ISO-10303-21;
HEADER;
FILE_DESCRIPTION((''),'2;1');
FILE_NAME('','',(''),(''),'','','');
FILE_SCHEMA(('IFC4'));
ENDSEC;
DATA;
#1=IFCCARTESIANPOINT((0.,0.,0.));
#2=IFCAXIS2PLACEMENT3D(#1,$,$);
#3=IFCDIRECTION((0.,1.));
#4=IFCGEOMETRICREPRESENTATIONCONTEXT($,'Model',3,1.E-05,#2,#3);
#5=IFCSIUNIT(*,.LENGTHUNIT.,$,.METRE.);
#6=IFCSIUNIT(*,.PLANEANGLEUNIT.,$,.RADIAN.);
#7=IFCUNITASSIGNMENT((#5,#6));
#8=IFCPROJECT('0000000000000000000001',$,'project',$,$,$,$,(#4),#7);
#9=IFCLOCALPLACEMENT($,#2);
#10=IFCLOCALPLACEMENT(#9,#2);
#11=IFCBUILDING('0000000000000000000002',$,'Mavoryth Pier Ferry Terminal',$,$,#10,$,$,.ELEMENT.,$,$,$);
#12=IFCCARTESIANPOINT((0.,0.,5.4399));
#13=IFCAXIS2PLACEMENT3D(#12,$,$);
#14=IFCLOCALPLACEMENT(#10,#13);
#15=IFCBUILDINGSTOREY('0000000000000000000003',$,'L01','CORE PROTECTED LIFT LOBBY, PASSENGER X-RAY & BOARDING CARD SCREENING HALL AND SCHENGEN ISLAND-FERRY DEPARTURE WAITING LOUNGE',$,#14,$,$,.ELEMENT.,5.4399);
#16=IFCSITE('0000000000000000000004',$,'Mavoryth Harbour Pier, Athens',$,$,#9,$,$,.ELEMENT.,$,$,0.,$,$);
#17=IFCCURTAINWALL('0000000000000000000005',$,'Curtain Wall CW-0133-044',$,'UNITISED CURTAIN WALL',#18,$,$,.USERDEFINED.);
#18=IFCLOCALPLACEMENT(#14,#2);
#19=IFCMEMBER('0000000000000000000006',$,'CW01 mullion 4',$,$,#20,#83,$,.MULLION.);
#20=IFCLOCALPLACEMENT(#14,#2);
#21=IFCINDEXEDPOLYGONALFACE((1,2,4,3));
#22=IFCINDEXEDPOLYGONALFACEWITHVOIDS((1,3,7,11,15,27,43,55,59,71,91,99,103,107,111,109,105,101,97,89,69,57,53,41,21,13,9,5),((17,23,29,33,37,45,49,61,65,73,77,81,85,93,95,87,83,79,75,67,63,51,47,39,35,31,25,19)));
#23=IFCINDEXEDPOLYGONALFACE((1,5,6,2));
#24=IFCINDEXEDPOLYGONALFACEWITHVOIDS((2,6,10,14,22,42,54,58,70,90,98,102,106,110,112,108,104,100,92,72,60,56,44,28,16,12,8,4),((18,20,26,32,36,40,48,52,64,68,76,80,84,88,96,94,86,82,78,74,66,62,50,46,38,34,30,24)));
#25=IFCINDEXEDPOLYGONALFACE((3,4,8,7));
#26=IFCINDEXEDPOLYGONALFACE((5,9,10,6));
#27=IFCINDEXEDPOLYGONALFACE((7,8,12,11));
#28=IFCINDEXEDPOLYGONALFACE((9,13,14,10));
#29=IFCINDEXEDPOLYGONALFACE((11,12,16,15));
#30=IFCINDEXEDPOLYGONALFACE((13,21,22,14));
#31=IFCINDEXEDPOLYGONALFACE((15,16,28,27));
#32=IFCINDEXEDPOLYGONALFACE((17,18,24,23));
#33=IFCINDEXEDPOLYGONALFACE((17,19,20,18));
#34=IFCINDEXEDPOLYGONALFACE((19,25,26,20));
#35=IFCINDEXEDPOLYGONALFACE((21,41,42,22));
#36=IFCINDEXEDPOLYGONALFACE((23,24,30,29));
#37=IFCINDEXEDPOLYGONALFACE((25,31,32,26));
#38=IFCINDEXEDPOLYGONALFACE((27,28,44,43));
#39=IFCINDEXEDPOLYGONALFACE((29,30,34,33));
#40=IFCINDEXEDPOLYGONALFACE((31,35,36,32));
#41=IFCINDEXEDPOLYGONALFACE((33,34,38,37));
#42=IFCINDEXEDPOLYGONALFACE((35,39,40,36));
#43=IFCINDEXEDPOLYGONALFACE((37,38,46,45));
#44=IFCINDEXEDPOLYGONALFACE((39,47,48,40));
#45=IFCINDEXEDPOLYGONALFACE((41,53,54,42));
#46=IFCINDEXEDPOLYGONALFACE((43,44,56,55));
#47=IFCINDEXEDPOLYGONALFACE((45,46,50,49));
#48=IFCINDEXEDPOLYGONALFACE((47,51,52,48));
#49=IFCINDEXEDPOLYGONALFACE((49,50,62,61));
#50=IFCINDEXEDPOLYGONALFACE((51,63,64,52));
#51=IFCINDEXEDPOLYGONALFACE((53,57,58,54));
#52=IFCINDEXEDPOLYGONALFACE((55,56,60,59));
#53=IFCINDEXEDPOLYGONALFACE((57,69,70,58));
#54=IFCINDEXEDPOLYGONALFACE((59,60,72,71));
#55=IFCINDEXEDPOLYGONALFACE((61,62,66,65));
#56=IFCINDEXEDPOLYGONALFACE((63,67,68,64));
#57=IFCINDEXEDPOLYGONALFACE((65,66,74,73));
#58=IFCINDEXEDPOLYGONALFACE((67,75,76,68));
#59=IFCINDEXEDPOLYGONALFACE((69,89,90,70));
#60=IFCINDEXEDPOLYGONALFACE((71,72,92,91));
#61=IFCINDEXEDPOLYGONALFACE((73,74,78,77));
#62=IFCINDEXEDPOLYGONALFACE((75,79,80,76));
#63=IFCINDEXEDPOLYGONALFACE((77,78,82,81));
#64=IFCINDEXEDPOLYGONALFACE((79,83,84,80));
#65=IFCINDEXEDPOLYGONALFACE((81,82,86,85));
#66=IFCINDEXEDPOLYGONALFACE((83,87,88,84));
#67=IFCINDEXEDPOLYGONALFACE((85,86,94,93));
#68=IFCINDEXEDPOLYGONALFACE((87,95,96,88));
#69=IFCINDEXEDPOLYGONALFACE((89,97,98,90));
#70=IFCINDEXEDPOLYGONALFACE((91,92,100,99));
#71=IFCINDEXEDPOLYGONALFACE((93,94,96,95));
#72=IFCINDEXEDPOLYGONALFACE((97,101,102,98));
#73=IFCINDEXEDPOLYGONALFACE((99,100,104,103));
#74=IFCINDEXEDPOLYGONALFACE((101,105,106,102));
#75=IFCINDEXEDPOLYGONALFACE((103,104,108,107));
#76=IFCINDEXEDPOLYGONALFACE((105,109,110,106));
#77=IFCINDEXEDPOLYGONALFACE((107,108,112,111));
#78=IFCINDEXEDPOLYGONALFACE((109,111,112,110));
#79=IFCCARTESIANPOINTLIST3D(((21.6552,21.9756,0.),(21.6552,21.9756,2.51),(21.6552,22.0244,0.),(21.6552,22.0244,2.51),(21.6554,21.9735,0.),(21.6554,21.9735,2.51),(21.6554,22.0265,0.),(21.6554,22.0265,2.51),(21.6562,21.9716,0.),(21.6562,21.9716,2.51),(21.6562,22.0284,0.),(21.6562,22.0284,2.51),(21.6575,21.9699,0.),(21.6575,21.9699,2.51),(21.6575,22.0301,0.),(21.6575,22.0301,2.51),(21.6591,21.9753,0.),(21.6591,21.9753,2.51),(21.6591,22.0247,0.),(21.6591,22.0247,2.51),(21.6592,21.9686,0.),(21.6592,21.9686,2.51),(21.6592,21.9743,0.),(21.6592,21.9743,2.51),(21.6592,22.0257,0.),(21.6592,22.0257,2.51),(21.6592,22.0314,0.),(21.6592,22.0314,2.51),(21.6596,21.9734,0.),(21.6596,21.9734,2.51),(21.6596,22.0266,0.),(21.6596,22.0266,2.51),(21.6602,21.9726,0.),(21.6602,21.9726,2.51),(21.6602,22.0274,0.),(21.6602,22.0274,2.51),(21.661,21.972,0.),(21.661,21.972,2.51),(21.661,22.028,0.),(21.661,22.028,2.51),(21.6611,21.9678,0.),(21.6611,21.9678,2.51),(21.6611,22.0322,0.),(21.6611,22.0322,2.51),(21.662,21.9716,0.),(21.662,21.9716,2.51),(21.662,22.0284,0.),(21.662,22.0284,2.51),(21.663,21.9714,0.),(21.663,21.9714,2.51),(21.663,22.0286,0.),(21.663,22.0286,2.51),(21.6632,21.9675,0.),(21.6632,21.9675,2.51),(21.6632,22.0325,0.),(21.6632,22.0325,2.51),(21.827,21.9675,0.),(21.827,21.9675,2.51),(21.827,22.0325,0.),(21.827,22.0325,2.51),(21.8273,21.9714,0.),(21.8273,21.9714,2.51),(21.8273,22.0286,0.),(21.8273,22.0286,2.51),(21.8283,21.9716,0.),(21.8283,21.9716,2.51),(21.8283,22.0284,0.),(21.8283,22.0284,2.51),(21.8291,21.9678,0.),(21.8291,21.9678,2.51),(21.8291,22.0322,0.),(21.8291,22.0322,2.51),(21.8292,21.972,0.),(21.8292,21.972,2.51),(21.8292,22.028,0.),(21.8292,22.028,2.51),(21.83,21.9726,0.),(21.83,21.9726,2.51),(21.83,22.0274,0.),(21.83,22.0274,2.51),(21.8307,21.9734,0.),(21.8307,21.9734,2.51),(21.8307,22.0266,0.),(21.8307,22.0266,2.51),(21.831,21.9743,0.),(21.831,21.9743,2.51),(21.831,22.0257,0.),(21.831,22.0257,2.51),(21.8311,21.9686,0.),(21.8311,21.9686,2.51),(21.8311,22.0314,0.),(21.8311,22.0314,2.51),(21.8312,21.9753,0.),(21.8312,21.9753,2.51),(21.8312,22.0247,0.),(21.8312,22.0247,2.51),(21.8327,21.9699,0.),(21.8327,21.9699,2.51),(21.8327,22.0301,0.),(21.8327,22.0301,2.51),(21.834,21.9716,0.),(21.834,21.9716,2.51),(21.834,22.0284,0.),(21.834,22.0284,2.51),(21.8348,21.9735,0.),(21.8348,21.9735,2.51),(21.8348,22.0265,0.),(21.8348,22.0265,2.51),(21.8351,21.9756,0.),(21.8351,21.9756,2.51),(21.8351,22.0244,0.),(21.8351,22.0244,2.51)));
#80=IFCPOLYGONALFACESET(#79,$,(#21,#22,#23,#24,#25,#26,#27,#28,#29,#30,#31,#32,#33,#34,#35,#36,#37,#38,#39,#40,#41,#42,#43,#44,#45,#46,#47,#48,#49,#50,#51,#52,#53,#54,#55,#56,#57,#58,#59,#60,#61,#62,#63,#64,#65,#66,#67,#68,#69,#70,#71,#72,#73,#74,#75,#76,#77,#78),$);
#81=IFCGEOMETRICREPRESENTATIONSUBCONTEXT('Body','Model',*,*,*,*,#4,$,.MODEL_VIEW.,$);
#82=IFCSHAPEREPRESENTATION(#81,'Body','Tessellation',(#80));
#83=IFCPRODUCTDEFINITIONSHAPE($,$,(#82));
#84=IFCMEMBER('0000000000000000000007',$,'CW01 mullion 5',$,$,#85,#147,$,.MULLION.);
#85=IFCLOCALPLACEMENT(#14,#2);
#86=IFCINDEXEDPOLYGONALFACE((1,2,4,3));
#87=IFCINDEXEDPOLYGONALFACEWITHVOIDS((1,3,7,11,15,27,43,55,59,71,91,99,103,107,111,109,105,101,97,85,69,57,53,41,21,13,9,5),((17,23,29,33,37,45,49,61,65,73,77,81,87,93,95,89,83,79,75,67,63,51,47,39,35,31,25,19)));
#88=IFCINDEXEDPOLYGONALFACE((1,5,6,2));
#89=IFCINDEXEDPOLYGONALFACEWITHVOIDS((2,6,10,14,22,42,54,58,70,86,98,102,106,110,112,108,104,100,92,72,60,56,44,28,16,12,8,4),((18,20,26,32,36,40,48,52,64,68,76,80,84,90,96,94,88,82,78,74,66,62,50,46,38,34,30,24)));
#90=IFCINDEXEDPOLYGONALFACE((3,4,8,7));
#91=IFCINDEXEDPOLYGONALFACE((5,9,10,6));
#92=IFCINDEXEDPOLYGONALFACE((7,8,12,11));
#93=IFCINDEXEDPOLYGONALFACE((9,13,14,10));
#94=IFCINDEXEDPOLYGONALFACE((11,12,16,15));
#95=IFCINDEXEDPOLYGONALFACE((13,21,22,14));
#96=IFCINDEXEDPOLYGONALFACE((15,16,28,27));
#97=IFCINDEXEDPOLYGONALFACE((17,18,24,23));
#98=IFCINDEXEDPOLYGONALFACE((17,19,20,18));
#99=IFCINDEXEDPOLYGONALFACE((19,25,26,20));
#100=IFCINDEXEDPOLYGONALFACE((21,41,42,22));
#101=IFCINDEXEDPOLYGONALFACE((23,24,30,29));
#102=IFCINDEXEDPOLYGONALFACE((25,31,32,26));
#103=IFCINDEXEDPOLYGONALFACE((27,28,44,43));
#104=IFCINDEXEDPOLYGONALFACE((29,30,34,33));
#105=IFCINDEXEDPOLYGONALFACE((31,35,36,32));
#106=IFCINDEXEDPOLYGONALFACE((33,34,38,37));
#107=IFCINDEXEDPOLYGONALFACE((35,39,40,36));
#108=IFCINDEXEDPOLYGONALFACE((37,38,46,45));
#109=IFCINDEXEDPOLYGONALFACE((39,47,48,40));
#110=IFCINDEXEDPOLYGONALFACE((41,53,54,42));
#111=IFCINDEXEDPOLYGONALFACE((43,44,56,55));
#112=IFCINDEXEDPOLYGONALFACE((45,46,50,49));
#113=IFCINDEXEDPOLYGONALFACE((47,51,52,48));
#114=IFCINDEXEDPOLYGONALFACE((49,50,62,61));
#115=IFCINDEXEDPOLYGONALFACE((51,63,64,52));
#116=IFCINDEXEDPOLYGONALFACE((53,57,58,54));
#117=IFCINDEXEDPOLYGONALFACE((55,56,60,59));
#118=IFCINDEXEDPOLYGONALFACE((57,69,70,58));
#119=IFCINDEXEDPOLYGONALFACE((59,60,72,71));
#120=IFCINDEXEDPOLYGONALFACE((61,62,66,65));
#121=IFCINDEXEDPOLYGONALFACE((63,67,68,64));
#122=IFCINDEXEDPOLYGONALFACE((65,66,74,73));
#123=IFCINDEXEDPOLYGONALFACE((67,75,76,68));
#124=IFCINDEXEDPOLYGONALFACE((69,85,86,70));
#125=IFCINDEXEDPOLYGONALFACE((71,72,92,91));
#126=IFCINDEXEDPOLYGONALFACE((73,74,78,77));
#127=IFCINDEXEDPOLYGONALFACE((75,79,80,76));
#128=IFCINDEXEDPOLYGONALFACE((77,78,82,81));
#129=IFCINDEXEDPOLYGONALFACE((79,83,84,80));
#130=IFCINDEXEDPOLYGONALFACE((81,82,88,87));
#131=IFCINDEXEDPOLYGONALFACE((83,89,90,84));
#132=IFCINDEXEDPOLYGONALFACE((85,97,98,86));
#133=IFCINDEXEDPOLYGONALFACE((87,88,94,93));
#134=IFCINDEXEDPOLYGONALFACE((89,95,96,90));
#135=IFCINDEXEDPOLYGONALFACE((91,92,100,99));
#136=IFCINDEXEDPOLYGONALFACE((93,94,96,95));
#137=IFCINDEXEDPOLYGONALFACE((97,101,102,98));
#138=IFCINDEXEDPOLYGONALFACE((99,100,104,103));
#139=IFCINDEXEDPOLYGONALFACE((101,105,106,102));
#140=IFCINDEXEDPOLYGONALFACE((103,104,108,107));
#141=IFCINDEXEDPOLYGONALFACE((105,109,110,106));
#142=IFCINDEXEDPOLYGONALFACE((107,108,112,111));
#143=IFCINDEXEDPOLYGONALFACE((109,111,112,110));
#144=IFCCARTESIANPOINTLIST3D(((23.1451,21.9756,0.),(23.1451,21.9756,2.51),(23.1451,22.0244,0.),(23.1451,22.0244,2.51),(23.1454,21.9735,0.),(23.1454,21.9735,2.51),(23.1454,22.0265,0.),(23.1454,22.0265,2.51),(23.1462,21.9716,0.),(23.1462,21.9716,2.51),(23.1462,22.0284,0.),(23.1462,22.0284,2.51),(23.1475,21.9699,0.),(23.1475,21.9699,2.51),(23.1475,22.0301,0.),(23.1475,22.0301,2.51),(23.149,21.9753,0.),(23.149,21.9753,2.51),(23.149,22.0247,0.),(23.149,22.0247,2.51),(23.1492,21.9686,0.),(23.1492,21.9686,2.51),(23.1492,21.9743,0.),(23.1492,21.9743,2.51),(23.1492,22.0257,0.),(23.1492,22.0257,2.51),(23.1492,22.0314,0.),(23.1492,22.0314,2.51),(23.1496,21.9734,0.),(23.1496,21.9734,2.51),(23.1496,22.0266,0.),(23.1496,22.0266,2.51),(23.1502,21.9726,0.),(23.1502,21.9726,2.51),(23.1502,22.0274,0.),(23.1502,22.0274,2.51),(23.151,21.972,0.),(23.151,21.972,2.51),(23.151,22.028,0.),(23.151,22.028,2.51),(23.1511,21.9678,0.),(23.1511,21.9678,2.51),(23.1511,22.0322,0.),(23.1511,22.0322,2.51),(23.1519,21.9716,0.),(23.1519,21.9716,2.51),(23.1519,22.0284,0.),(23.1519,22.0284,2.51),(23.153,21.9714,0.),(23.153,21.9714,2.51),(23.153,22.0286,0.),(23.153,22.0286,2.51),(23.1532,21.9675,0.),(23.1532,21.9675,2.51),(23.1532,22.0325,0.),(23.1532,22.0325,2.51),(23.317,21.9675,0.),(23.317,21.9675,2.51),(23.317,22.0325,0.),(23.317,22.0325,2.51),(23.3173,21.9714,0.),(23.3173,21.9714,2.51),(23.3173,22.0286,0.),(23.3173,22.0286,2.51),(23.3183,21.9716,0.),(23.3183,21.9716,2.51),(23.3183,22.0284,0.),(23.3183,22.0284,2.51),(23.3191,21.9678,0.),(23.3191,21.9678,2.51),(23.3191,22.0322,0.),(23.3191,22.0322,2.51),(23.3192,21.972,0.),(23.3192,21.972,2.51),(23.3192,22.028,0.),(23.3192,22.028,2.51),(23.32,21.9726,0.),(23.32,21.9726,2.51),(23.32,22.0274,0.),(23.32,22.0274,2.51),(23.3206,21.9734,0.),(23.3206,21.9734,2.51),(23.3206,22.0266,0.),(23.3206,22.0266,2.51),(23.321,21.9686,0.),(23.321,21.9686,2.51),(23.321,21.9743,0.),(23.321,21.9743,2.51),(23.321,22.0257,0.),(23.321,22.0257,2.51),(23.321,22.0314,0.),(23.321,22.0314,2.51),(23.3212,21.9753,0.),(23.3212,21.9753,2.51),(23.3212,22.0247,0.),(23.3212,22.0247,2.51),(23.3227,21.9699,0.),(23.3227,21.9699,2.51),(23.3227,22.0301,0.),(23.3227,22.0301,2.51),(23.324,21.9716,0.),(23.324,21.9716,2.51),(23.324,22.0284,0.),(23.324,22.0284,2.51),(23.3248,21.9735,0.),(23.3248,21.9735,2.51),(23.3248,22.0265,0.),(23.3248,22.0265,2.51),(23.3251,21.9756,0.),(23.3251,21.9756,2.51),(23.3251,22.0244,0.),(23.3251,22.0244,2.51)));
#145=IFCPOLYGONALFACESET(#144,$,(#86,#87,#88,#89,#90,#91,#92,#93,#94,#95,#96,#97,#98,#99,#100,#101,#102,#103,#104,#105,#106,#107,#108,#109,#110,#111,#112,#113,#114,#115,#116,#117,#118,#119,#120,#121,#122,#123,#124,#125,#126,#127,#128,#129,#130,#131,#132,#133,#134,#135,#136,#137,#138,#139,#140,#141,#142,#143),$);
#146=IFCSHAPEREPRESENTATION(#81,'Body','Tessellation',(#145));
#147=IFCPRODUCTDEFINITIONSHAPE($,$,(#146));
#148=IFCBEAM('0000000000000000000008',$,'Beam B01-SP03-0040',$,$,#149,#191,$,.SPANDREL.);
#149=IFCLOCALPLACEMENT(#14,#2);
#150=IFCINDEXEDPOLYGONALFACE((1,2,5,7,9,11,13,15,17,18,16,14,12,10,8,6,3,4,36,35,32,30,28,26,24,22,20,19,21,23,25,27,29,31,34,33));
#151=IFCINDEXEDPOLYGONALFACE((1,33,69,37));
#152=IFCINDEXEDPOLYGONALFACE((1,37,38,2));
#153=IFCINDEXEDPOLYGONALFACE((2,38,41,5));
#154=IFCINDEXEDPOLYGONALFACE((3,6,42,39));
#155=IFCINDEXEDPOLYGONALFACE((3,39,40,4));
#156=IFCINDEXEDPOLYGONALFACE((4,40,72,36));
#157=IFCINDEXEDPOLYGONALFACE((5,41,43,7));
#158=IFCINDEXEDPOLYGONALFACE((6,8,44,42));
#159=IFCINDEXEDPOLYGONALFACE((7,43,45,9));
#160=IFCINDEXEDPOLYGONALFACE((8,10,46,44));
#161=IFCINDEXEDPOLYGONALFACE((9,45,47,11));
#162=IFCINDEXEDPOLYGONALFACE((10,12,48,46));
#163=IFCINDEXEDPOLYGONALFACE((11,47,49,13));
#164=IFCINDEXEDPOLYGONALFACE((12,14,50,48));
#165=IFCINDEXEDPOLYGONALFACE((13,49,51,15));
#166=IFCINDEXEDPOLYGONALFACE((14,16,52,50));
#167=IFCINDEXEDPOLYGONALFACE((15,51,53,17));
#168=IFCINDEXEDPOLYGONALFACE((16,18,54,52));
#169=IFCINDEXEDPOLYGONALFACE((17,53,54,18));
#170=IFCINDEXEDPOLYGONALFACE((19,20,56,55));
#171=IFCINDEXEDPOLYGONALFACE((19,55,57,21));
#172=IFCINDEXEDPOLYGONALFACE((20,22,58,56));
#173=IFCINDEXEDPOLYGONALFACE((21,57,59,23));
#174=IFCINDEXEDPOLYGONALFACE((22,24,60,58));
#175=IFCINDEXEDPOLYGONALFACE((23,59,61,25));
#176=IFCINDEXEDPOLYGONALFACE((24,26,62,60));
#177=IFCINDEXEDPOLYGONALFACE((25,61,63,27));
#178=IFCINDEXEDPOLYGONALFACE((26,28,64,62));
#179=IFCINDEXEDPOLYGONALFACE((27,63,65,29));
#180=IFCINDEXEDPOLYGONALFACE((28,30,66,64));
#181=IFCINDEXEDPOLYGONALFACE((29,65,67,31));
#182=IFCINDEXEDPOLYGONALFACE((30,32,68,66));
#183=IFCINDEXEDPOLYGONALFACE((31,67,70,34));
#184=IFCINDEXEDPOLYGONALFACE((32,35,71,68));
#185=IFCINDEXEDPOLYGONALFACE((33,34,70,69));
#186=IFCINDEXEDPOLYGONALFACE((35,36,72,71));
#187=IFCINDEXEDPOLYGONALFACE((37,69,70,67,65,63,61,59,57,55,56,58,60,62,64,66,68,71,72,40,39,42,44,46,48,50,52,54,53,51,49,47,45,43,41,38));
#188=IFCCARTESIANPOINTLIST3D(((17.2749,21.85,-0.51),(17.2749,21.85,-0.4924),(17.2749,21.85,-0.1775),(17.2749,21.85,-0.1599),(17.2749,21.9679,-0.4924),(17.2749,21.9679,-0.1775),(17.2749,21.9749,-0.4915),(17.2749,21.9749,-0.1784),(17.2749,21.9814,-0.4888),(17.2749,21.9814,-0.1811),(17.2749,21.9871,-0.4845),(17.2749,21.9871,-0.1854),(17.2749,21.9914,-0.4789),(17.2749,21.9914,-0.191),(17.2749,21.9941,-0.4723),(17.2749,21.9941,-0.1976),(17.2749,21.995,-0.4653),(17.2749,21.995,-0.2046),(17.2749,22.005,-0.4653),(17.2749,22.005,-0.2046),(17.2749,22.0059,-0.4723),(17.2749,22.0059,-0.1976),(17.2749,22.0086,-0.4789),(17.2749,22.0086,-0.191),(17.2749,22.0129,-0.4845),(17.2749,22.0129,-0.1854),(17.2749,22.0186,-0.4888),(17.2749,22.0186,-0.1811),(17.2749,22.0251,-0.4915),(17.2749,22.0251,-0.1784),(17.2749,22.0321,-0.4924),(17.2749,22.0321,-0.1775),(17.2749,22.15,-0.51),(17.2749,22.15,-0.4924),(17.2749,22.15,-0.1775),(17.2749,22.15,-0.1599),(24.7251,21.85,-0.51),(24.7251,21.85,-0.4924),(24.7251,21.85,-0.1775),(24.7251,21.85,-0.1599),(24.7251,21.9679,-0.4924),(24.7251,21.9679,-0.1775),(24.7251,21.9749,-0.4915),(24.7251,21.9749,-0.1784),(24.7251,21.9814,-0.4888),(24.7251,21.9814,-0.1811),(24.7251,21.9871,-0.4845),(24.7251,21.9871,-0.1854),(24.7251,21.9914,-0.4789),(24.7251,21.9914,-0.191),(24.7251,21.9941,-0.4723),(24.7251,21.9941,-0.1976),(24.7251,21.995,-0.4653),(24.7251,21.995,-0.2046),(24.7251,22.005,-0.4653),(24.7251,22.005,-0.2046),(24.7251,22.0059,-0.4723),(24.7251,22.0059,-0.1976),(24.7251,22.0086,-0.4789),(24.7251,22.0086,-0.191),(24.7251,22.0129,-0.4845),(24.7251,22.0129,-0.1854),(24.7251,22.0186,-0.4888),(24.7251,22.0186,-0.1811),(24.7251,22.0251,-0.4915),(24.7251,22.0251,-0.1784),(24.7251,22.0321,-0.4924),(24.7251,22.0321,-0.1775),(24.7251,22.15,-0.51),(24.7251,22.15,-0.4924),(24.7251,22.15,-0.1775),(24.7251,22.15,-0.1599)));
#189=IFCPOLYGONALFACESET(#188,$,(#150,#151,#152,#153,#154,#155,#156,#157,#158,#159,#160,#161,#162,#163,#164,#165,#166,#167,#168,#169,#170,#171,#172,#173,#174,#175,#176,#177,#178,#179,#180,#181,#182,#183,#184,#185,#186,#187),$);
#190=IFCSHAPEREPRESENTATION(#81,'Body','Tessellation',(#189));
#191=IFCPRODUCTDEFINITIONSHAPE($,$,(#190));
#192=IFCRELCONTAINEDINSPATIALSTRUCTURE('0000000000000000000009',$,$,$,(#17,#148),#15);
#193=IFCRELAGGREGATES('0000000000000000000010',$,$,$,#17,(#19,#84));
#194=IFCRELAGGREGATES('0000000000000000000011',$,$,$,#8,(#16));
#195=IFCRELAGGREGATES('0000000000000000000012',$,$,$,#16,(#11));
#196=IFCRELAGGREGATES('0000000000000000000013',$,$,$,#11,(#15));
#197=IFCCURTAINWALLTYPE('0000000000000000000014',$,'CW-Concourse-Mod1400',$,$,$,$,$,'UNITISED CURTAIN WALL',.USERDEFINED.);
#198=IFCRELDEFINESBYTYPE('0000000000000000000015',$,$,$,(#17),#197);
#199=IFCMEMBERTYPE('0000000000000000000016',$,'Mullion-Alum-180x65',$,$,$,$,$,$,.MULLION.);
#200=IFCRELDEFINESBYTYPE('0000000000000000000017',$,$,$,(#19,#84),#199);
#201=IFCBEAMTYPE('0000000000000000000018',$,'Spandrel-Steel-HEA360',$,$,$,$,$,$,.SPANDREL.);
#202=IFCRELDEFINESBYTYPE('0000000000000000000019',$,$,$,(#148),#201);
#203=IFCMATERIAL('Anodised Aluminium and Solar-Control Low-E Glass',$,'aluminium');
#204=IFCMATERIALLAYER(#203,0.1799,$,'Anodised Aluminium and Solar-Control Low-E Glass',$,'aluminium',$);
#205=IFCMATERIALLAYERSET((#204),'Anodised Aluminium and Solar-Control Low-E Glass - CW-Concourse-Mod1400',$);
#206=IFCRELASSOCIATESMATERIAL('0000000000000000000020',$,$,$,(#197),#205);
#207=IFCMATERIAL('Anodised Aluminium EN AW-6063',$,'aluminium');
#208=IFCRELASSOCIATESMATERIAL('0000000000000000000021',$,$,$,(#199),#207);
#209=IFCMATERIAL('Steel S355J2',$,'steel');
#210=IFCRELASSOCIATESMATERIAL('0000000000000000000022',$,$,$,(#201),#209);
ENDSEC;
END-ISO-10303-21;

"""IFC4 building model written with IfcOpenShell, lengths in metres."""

from ifc_helpers import new_model, si_unit, direction, frame, origin, origin_2d, place, context, subcontext, project, spatial, hollow_rectangle, i_section, extrude, material, layer, layer_set, material_profile, profile_set, type_object, element, aggregate, save


model = new_model("IFC4")

# Units and contexts
model_context = context("Model", 3, precision=1e-05, world=origin(), true_north=direction((0.0, 1.0)))
body_context = subcontext(model_context, "Body", "Model", "MODEL_VIEW")
ifc_project = project(units=[si_unit("LENGTHUNIT", "METRE"), si_unit("PLANEANGLEUNIT", "RADIAN")], contexts=[model_context])

# Site, building, storey
site_placement = place(None, origin())
site = spatial("IfcSite", under=ifc_project, at=site_placement, Name="Mavoryth Harbour Pier, Athens", CompositionType="ELEMENT", RefElevation=0.0)
building_placement = place(site_placement, origin())
building = spatial("IfcBuilding", under=site, at=building_placement, Name="Mavoryth Pier Ferry Terminal", CompositionType="ELEMENT")
storey_placement = place(building_placement, frame((0.0, 0.0, 5.4399)))
storey = spatial("IfcBuildingStorey", under=building, at=storey_placement, Name="L01", Description="CORE PROTECTED LIFT LOBBY, PASSENGER X-RAY & BOARDING CARD SCREENING HALL AND SCHENGEN ISLAND-FERRY DEPARTURE WAITING LOUNGE", CompositionType="ELEMENT", Elevation=5.4399)

# Curtain wall, members
ifc_material_1 = material(Name="Anodised Aluminium and Solar-Control Low-E Glass", Category="aluminium")
ifc_layer_1 = layer(ifc_material_1, 0.1799, Name="Anodised Aluminium and Solar-Control Low-E Glass", Category="aluminium")
ifc_layer_set_1 = layer_set([ifc_layer_1], Name="Anodised Aluminium and Solar-Control Low-E Glass - CW-Concourse-Mod1400")
curtain_wall_type = type_object("IfcCurtainWallType", Name="CW-Concourse-Mod1400", ElementType="UNITISED CURTAIN WALL", PredefinedType="USERDEFINED", material=ifc_layer_set_1)
ifc_material_2 = material(Name="Anodised Aluminium EN AW-6063", Category="aluminium")
ifc_material_profile_1 = material_profile(ifc_material_2, hollow_rectangle(XDim=0.0649, YDim=0.1799, WallThickness=0.0039, InnerFilletRadius=0.0039, OuterFilletRadius=0.0081, at=origin_2d()), Name="AL-MULL 180x65x4", Category="aluminium")
ifc_profile_set_1 = profile_set([ifc_material_profile_1], Name="Anodised Aluminium EN AW-6063 - AL-MULL 180x65x4")
member_type_1 = type_object("IfcMemberType", Name="Mullion-Alum-180x65", PredefinedType="MULLION", material=ifc_profile_set_1)
curtain_wall_1_placement = place(storey_placement, origin())
curtain_wall_1 = element("IfcCurtainWall", 1, at=curtain_wall_1_placement, inside=storey, type_object=curtain_wall_type, Name="Curtain Wall CW-0133-044", ObjectType="UNITISED CURTAIN WALL", PredefinedType="USERDEFINED")
member_1_placement = place(storey_placement, frame((21.7451, 22.0, 0.0), z_axis=(0.0, 0.0, 1.0), x_axis=(0.0, 1.0, 0.0)))
member_1 = element("IfcMember", 2, at=member_1_placement, type_object=member_type_1, Name="CW01 mullion 4", PredefinedType="MULLION", context=body_context, shape_type="SweptSolid", body=[
    extrude(hollow_rectangle(XDim=0.0649, YDim=0.1799, WallThickness=0.0039, InnerFilletRadius=0.0039, OuterFilletRadius=0.0081, at=origin_2d()), origin(), (0.0, 0.0, 1.0), 2.51),
])
member_2_placement = place(storey_placement, frame((23.2351, 22.0, 0.0), z_axis=(0.0, 0.0, 1.0), x_axis=(0.0, 1.0, 0.0)))
member_2 = element("IfcMember", 3, at=member_2_placement, type_object=member_type_1, Name="CW01 mullion 5", PredefinedType="MULLION", context=body_context, shape_type="SweptSolid", body=[
    extrude(hollow_rectangle(XDim=0.0649, YDim=0.1799, WallThickness=0.0039, InnerFilletRadius=0.0039, OuterFilletRadius=0.0081, at=origin_2d()), origin(), (0.0, 0.0, 1.0), 2.51),
])

# Beam
ifc_material_3 = material(Name="Steel S355J2", Category="steel")
ifc_material_profile_2 = material_profile(ifc_material_3, i_section(OverallWidth=0.3, OverallDepth=0.3501, WebThickness=0.01, FlangeThickness=0.0176, FilletRadius=0.0271, at=origin_2d()), Name="HEA 360", Category="steel")
ifc_profile_set_2 = profile_set([ifc_material_profile_2], Name="Steel S355J2 - HEA 360")
beam_type = type_object("IfcBeamType", Name="Spandrel-Steel-HEA360", PredefinedType="SPANDREL", material=ifc_profile_set_2)
beam_placement = place(storey_placement, frame((17.2749, 22.0, -0.335), z_axis=(1.0, 0.0, 0.0), x_axis=(0.0, 1.0, 0.0)))
element("IfcBeam", 4, at=beam_placement, inside=storey, type_object=beam_type, Name="Beam B01-SP03-0040", PredefinedType="SPANDREL", context=body_context, shape_type="SweptSolid", body=[
    extrude(i_section(OverallWidth=0.3, OverallDepth=0.3501, WebThickness=0.01, FlangeThickness=0.0176, FilletRadius=0.0271, at=origin_2d()), origin(), (0.0, 0.0, 1.0), 7.4502),
])

aggregate(curtain_wall_1, [member_1, member_2])

save(model, "model.ifc")
